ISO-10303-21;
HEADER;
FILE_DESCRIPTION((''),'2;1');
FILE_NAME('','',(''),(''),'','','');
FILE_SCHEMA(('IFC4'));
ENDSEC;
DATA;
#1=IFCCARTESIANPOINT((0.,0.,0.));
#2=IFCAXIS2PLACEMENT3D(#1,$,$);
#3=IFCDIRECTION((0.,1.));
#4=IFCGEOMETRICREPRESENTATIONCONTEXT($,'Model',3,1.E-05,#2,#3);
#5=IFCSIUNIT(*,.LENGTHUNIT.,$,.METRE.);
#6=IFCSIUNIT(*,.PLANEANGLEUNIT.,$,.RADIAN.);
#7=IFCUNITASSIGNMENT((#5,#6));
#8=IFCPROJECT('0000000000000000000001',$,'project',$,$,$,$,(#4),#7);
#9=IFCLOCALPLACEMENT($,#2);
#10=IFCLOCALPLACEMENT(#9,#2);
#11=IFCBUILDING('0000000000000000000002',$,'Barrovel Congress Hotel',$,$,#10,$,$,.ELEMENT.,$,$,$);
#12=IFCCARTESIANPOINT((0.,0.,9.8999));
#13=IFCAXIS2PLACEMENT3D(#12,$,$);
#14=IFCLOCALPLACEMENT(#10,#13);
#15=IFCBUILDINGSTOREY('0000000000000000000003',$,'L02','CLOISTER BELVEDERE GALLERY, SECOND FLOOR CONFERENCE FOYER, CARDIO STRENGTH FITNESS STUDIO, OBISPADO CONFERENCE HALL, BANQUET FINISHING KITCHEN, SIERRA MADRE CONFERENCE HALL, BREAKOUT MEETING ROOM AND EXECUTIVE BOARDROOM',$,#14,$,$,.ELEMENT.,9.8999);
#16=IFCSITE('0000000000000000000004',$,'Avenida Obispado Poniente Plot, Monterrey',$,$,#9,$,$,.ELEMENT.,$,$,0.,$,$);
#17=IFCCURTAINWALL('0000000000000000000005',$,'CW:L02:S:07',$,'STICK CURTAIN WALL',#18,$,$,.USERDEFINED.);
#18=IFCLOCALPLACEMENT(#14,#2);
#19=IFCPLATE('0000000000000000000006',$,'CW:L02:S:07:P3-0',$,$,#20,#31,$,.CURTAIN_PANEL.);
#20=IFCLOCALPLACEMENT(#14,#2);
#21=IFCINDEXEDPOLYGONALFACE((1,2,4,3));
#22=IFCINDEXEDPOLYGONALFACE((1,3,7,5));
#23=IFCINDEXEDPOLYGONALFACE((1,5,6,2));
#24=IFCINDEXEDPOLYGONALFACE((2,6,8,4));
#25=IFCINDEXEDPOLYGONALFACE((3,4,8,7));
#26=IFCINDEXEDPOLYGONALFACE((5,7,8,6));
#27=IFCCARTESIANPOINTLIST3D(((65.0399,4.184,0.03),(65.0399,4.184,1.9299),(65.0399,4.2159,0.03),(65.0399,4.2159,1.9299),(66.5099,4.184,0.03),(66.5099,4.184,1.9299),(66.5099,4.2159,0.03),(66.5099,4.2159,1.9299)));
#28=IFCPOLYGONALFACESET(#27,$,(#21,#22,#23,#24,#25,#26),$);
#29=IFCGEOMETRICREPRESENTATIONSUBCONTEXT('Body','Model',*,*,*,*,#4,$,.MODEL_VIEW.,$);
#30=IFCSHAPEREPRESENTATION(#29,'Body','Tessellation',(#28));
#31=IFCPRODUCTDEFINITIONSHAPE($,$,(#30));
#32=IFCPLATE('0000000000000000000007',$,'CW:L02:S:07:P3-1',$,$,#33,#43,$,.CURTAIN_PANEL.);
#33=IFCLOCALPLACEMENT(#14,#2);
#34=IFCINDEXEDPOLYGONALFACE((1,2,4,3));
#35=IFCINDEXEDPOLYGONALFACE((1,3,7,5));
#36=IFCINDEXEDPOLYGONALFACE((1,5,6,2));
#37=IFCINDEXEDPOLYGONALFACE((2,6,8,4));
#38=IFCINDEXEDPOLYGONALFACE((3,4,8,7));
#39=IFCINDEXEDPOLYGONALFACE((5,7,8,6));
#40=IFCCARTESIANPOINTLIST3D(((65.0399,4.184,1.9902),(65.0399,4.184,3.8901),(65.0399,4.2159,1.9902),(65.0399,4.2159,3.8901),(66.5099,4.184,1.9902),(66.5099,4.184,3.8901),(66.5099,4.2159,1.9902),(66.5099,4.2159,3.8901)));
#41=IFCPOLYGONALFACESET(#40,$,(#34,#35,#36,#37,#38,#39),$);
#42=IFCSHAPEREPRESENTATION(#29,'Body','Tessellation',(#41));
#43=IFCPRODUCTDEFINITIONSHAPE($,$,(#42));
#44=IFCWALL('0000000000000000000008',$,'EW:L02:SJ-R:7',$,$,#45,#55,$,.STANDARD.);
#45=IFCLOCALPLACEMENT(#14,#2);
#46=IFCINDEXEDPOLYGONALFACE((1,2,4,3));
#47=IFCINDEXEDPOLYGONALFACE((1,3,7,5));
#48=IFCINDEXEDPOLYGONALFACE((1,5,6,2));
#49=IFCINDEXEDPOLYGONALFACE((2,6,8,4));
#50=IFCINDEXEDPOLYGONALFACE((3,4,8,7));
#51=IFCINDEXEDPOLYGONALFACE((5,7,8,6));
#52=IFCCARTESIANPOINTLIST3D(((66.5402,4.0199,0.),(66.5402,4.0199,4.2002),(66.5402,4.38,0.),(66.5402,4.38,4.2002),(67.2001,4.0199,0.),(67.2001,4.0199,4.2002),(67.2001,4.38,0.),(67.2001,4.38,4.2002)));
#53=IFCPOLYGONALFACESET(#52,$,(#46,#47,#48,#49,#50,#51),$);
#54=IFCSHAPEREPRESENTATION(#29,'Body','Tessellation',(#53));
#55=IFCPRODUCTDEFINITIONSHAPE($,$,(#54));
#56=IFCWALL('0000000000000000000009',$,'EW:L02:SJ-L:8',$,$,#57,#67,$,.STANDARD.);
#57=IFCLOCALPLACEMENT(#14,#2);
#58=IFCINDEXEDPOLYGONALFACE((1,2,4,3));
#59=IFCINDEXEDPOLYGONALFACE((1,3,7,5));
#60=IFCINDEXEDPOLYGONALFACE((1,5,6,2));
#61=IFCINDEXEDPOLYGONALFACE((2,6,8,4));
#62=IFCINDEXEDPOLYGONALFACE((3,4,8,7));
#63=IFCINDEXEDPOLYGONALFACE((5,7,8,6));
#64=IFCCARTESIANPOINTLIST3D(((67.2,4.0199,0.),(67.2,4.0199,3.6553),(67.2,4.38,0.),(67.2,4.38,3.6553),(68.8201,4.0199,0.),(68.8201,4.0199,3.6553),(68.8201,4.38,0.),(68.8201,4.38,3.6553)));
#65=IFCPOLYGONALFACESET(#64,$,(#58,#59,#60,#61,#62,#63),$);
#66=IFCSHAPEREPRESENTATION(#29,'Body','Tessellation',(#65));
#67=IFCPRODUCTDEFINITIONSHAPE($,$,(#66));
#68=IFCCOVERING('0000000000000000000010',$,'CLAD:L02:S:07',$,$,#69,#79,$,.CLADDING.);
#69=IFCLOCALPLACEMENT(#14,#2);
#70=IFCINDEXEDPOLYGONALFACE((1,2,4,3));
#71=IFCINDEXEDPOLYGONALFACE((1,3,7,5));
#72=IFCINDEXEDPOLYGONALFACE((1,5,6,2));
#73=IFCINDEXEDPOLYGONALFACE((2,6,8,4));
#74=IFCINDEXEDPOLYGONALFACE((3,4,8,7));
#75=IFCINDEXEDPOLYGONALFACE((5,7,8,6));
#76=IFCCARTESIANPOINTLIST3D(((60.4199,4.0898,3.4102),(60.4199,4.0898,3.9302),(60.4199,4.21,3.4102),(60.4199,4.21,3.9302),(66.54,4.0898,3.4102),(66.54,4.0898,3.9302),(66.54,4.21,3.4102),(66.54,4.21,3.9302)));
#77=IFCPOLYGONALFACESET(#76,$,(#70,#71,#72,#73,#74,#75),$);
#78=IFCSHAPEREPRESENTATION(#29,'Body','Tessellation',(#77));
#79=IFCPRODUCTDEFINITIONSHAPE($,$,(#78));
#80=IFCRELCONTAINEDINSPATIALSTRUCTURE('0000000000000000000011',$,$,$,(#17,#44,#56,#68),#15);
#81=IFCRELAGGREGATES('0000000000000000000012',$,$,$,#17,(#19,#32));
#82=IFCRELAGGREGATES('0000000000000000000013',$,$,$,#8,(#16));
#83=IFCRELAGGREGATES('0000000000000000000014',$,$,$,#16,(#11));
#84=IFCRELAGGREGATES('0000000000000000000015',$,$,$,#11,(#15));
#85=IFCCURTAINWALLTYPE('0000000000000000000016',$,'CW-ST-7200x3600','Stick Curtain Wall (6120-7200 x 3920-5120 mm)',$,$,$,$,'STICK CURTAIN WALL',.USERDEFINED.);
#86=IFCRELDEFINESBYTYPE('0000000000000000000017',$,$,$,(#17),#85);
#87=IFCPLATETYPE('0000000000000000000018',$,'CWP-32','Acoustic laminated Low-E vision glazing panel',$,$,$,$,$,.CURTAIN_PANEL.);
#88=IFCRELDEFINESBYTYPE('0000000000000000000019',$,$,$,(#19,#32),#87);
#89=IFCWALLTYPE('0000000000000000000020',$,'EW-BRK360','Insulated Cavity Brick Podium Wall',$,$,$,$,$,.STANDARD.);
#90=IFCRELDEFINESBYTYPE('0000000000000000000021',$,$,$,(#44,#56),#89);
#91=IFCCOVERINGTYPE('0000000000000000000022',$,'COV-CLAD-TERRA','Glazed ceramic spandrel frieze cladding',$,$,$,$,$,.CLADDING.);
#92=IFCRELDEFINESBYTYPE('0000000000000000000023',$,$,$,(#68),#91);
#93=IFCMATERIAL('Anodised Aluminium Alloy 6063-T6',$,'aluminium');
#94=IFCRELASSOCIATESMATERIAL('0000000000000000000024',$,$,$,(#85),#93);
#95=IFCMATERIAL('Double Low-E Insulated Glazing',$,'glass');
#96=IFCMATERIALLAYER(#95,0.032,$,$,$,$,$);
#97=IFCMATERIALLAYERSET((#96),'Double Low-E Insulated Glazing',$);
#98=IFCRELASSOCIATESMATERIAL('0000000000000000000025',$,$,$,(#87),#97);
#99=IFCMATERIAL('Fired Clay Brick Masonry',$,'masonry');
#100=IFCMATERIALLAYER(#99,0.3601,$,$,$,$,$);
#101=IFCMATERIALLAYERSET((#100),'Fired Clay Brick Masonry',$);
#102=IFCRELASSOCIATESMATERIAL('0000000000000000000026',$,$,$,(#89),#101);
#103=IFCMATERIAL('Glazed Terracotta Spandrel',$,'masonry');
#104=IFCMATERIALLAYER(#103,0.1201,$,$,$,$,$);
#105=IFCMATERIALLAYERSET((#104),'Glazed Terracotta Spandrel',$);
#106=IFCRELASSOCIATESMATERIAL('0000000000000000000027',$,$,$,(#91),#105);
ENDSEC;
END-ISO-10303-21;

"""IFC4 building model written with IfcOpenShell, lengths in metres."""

from ifc_helpers import new_model, si_unit, direction, frame, frame_2d, origin, origin_2d, place, context, subcontext, project, spatial, rectangle, extrude, material, layer, layer_set, type_object, element, aggregate, save


model = new_model("IFC4")

# Units and contexts
model_context = context("Model", 3, precision=1e-05, world=origin(), true_north=direction((0.0, 1.0)))
body_context = subcontext(model_context, "Body", "Model", "MODEL_VIEW")
ifc_project = project(units=[si_unit("LENGTHUNIT", "METRE"), si_unit("PLANEANGLEUNIT", "RADIAN")], contexts=[model_context])

# Site, building, storey
site_placement = place(None, origin())
site = spatial("IfcSite", under=ifc_project, at=site_placement, Name="Avenida Obispado Poniente Plot, Monterrey", CompositionType="ELEMENT", RefElevation=0.0)
building_placement = place(site_placement, origin())
building = spatial("IfcBuilding", under=site, at=building_placement, Name="Barrovel Congress Hotel", CompositionType="ELEMENT")
storey_placement = place(building_placement, frame((0.0, 0.0, 9.8999)))
storey = spatial("IfcBuildingStorey", under=building, at=storey_placement, Name="L02", Description="CLOISTER BELVEDERE GALLERY, SECOND FLOOR CONFERENCE FOYER, CARDIO STRENGTH FITNESS STUDIO, OBISPADO CONFERENCE HALL, BANQUET FINISHING KITCHEN, SIERRA MADRE CONFERENCE HALL, BREAKOUT MEETING ROOM AND EXECUTIVE BOARDROOM", CompositionType="ELEMENT", Elevation=9.8999)

# Curtain wall
ifc_material_1 = material(Name="Anodised Aluminium Alloy 6063-T6", Category="aluminium")
curtain_wall_type = type_object("IfcCurtainWallType", Name="CW-ST-7200x3600", Description="Stick Curtain Wall (6120-7200 x 3920-5120 mm)", ElementType="STICK CURTAIN WALL", PredefinedType="USERDEFINED", material=ifc_material_1)
curtain_wall_1_placement = place(storey_placement, origin())
curtain_wall_1 = element("IfcCurtainWall", 1, at=curtain_wall_1_placement, inside=storey, type_object=curtain_wall_type, Name="CW:L02:S:07", ObjectType="STICK CURTAIN WALL", PredefinedType="USERDEFINED")

# Plates
ifc_material_2 = material(Name="Double Low-E Insulated Glazing", Category="glass")
ifc_layer_1 = layer(ifc_material_2, 0.032)
ifc_layer_set_1 = layer_set([ifc_layer_1], Name="Double Low-E Insulated Glazing")
plate_type = type_object("IfcPlateType", Name="CWP-32", Description="Acoustic laminated Low-E vision glazing panel", PredefinedType="CURTAIN_PANEL", material=ifc_layer_set_1)
plate_1_placement = place(storey_placement, frame((65.7749, 4.2, 0.03), z_axis=(0.0, 0.0, 1.0), x_axis=(1.0, 0.0, 0.0)))
plate_1 = element("IfcPlate", 2, at=plate_1_placement, type_object=plate_type, Name="CW:L02:S:07:P3-0", PredefinedType="CURTAIN_PANEL", context=body_context, shape_type="SweptSolid", body=[
    extrude(rectangle(XDim=1.47, YDim=0.032, at=origin_2d()), origin(), (0.0, 0.0, 1.0), 1.8999),
])
plate_2_placement = place(storey_placement, frame((65.7749, 4.2, 1.9902), z_axis=(0.0, 0.0, 1.0), x_axis=(1.0, 0.0, 0.0)))
plate_2 = element("IfcPlate", 3, at=plate_2_placement, type_object=plate_type, Name="CW:L02:S:07:P3-1", PredefinedType="CURTAIN_PANEL", context=body_context, shape_type="SweptSolid", body=[
    extrude(rectangle(XDim=1.47, YDim=0.032, at=origin_2d()), origin(), (0.0, 0.0, 1.0), 1.8999),
])
aggregate(curtain_wall_1, [plate_1, plate_2])

# Walls
ifc_material_3 = material(Name="Fired Clay Brick Masonry", Category="masonry")
ifc_layer_2 = layer(ifc_material_3, 0.3601)
ifc_layer_set_2 = layer_set([ifc_layer_2], Name="Fired Clay Brick Masonry")
wall_type = type_object("IfcWallType", Name="EW-BRK360", Description="Insulated Cavity Brick Podium Wall", PredefinedType="STANDARD", material=ifc_layer_set_2)
wall_1_placement = place(storey_placement, frame((66.54, 4.2, 0.0), z_axis=(0.0, 0.0, 1.0), x_axis=(1.0, 0.0, 0.0)))
element("IfcWall", 4, at=wall_1_placement, inside=storey, type_object=wall_type, Name="EW:L02:SJ-R:7", PredefinedType="STANDARD", context=body_context, shape_type="SweptSolid", body=[
    extrude(rectangle(XDim=0.6599, YDim=0.3601, at=frame_2d((0.3301, 0.0))), origin(), (0.0, 0.0, 1.0), 4.2002),
])
wall_2_placement = place(storey_placement, frame((67.2, 4.2, 0.0), z_axis=(0.0, 0.0, 1.0), x_axis=(1.0, 0.0, 0.0)))
element("IfcWall", 5, at=wall_2_placement, inside=storey, type_object=wall_type, Name="EW:L02:SJ-L:8", PredefinedType="STANDARD", context=body_context, shape_type="SweptSolid", body=[
    extrude(rectangle(XDim=1.6201, YDim=0.3601, at=frame_2d((0.8101, 0.0))), origin(), (0.0, 0.0, 1.0), 3.6553),
])

# Covering
ifc_material_4 = material(Name="Glazed Terracotta Spandrel", Category="masonry")
ifc_layer_3 = layer(ifc_material_4, 0.1201)
ifc_layer_set_3 = layer_set([ifc_layer_3], Name="Glazed Terracotta Spandrel")
covering_type = type_object("IfcCoveringType", Name="COV-CLAD-TERRA", Description="Glazed ceramic spandrel frieze cladding", PredefinedType="CLADDING", material=ifc_layer_set_3)
covering_placement = place(storey_placement, frame((63.48, 4.1499, 3.4102), z_axis=(0.0, 0.0, 1.0), x_axis=(1.0, 0.0, 0.0)))
element("IfcCovering", 6, at=covering_placement, inside=storey, type_object=covering_type, Name="CLAD:L02:S:07", PredefinedType="CLADDING", context=body_context, shape_type="SweptSolid", body=[
    extrude(rectangle(XDim=6.1201, YDim=0.1201, at=origin_2d()), origin(), (0.0, 0.0, 1.0), 0.52),
])

save(model, "model.ifc")
